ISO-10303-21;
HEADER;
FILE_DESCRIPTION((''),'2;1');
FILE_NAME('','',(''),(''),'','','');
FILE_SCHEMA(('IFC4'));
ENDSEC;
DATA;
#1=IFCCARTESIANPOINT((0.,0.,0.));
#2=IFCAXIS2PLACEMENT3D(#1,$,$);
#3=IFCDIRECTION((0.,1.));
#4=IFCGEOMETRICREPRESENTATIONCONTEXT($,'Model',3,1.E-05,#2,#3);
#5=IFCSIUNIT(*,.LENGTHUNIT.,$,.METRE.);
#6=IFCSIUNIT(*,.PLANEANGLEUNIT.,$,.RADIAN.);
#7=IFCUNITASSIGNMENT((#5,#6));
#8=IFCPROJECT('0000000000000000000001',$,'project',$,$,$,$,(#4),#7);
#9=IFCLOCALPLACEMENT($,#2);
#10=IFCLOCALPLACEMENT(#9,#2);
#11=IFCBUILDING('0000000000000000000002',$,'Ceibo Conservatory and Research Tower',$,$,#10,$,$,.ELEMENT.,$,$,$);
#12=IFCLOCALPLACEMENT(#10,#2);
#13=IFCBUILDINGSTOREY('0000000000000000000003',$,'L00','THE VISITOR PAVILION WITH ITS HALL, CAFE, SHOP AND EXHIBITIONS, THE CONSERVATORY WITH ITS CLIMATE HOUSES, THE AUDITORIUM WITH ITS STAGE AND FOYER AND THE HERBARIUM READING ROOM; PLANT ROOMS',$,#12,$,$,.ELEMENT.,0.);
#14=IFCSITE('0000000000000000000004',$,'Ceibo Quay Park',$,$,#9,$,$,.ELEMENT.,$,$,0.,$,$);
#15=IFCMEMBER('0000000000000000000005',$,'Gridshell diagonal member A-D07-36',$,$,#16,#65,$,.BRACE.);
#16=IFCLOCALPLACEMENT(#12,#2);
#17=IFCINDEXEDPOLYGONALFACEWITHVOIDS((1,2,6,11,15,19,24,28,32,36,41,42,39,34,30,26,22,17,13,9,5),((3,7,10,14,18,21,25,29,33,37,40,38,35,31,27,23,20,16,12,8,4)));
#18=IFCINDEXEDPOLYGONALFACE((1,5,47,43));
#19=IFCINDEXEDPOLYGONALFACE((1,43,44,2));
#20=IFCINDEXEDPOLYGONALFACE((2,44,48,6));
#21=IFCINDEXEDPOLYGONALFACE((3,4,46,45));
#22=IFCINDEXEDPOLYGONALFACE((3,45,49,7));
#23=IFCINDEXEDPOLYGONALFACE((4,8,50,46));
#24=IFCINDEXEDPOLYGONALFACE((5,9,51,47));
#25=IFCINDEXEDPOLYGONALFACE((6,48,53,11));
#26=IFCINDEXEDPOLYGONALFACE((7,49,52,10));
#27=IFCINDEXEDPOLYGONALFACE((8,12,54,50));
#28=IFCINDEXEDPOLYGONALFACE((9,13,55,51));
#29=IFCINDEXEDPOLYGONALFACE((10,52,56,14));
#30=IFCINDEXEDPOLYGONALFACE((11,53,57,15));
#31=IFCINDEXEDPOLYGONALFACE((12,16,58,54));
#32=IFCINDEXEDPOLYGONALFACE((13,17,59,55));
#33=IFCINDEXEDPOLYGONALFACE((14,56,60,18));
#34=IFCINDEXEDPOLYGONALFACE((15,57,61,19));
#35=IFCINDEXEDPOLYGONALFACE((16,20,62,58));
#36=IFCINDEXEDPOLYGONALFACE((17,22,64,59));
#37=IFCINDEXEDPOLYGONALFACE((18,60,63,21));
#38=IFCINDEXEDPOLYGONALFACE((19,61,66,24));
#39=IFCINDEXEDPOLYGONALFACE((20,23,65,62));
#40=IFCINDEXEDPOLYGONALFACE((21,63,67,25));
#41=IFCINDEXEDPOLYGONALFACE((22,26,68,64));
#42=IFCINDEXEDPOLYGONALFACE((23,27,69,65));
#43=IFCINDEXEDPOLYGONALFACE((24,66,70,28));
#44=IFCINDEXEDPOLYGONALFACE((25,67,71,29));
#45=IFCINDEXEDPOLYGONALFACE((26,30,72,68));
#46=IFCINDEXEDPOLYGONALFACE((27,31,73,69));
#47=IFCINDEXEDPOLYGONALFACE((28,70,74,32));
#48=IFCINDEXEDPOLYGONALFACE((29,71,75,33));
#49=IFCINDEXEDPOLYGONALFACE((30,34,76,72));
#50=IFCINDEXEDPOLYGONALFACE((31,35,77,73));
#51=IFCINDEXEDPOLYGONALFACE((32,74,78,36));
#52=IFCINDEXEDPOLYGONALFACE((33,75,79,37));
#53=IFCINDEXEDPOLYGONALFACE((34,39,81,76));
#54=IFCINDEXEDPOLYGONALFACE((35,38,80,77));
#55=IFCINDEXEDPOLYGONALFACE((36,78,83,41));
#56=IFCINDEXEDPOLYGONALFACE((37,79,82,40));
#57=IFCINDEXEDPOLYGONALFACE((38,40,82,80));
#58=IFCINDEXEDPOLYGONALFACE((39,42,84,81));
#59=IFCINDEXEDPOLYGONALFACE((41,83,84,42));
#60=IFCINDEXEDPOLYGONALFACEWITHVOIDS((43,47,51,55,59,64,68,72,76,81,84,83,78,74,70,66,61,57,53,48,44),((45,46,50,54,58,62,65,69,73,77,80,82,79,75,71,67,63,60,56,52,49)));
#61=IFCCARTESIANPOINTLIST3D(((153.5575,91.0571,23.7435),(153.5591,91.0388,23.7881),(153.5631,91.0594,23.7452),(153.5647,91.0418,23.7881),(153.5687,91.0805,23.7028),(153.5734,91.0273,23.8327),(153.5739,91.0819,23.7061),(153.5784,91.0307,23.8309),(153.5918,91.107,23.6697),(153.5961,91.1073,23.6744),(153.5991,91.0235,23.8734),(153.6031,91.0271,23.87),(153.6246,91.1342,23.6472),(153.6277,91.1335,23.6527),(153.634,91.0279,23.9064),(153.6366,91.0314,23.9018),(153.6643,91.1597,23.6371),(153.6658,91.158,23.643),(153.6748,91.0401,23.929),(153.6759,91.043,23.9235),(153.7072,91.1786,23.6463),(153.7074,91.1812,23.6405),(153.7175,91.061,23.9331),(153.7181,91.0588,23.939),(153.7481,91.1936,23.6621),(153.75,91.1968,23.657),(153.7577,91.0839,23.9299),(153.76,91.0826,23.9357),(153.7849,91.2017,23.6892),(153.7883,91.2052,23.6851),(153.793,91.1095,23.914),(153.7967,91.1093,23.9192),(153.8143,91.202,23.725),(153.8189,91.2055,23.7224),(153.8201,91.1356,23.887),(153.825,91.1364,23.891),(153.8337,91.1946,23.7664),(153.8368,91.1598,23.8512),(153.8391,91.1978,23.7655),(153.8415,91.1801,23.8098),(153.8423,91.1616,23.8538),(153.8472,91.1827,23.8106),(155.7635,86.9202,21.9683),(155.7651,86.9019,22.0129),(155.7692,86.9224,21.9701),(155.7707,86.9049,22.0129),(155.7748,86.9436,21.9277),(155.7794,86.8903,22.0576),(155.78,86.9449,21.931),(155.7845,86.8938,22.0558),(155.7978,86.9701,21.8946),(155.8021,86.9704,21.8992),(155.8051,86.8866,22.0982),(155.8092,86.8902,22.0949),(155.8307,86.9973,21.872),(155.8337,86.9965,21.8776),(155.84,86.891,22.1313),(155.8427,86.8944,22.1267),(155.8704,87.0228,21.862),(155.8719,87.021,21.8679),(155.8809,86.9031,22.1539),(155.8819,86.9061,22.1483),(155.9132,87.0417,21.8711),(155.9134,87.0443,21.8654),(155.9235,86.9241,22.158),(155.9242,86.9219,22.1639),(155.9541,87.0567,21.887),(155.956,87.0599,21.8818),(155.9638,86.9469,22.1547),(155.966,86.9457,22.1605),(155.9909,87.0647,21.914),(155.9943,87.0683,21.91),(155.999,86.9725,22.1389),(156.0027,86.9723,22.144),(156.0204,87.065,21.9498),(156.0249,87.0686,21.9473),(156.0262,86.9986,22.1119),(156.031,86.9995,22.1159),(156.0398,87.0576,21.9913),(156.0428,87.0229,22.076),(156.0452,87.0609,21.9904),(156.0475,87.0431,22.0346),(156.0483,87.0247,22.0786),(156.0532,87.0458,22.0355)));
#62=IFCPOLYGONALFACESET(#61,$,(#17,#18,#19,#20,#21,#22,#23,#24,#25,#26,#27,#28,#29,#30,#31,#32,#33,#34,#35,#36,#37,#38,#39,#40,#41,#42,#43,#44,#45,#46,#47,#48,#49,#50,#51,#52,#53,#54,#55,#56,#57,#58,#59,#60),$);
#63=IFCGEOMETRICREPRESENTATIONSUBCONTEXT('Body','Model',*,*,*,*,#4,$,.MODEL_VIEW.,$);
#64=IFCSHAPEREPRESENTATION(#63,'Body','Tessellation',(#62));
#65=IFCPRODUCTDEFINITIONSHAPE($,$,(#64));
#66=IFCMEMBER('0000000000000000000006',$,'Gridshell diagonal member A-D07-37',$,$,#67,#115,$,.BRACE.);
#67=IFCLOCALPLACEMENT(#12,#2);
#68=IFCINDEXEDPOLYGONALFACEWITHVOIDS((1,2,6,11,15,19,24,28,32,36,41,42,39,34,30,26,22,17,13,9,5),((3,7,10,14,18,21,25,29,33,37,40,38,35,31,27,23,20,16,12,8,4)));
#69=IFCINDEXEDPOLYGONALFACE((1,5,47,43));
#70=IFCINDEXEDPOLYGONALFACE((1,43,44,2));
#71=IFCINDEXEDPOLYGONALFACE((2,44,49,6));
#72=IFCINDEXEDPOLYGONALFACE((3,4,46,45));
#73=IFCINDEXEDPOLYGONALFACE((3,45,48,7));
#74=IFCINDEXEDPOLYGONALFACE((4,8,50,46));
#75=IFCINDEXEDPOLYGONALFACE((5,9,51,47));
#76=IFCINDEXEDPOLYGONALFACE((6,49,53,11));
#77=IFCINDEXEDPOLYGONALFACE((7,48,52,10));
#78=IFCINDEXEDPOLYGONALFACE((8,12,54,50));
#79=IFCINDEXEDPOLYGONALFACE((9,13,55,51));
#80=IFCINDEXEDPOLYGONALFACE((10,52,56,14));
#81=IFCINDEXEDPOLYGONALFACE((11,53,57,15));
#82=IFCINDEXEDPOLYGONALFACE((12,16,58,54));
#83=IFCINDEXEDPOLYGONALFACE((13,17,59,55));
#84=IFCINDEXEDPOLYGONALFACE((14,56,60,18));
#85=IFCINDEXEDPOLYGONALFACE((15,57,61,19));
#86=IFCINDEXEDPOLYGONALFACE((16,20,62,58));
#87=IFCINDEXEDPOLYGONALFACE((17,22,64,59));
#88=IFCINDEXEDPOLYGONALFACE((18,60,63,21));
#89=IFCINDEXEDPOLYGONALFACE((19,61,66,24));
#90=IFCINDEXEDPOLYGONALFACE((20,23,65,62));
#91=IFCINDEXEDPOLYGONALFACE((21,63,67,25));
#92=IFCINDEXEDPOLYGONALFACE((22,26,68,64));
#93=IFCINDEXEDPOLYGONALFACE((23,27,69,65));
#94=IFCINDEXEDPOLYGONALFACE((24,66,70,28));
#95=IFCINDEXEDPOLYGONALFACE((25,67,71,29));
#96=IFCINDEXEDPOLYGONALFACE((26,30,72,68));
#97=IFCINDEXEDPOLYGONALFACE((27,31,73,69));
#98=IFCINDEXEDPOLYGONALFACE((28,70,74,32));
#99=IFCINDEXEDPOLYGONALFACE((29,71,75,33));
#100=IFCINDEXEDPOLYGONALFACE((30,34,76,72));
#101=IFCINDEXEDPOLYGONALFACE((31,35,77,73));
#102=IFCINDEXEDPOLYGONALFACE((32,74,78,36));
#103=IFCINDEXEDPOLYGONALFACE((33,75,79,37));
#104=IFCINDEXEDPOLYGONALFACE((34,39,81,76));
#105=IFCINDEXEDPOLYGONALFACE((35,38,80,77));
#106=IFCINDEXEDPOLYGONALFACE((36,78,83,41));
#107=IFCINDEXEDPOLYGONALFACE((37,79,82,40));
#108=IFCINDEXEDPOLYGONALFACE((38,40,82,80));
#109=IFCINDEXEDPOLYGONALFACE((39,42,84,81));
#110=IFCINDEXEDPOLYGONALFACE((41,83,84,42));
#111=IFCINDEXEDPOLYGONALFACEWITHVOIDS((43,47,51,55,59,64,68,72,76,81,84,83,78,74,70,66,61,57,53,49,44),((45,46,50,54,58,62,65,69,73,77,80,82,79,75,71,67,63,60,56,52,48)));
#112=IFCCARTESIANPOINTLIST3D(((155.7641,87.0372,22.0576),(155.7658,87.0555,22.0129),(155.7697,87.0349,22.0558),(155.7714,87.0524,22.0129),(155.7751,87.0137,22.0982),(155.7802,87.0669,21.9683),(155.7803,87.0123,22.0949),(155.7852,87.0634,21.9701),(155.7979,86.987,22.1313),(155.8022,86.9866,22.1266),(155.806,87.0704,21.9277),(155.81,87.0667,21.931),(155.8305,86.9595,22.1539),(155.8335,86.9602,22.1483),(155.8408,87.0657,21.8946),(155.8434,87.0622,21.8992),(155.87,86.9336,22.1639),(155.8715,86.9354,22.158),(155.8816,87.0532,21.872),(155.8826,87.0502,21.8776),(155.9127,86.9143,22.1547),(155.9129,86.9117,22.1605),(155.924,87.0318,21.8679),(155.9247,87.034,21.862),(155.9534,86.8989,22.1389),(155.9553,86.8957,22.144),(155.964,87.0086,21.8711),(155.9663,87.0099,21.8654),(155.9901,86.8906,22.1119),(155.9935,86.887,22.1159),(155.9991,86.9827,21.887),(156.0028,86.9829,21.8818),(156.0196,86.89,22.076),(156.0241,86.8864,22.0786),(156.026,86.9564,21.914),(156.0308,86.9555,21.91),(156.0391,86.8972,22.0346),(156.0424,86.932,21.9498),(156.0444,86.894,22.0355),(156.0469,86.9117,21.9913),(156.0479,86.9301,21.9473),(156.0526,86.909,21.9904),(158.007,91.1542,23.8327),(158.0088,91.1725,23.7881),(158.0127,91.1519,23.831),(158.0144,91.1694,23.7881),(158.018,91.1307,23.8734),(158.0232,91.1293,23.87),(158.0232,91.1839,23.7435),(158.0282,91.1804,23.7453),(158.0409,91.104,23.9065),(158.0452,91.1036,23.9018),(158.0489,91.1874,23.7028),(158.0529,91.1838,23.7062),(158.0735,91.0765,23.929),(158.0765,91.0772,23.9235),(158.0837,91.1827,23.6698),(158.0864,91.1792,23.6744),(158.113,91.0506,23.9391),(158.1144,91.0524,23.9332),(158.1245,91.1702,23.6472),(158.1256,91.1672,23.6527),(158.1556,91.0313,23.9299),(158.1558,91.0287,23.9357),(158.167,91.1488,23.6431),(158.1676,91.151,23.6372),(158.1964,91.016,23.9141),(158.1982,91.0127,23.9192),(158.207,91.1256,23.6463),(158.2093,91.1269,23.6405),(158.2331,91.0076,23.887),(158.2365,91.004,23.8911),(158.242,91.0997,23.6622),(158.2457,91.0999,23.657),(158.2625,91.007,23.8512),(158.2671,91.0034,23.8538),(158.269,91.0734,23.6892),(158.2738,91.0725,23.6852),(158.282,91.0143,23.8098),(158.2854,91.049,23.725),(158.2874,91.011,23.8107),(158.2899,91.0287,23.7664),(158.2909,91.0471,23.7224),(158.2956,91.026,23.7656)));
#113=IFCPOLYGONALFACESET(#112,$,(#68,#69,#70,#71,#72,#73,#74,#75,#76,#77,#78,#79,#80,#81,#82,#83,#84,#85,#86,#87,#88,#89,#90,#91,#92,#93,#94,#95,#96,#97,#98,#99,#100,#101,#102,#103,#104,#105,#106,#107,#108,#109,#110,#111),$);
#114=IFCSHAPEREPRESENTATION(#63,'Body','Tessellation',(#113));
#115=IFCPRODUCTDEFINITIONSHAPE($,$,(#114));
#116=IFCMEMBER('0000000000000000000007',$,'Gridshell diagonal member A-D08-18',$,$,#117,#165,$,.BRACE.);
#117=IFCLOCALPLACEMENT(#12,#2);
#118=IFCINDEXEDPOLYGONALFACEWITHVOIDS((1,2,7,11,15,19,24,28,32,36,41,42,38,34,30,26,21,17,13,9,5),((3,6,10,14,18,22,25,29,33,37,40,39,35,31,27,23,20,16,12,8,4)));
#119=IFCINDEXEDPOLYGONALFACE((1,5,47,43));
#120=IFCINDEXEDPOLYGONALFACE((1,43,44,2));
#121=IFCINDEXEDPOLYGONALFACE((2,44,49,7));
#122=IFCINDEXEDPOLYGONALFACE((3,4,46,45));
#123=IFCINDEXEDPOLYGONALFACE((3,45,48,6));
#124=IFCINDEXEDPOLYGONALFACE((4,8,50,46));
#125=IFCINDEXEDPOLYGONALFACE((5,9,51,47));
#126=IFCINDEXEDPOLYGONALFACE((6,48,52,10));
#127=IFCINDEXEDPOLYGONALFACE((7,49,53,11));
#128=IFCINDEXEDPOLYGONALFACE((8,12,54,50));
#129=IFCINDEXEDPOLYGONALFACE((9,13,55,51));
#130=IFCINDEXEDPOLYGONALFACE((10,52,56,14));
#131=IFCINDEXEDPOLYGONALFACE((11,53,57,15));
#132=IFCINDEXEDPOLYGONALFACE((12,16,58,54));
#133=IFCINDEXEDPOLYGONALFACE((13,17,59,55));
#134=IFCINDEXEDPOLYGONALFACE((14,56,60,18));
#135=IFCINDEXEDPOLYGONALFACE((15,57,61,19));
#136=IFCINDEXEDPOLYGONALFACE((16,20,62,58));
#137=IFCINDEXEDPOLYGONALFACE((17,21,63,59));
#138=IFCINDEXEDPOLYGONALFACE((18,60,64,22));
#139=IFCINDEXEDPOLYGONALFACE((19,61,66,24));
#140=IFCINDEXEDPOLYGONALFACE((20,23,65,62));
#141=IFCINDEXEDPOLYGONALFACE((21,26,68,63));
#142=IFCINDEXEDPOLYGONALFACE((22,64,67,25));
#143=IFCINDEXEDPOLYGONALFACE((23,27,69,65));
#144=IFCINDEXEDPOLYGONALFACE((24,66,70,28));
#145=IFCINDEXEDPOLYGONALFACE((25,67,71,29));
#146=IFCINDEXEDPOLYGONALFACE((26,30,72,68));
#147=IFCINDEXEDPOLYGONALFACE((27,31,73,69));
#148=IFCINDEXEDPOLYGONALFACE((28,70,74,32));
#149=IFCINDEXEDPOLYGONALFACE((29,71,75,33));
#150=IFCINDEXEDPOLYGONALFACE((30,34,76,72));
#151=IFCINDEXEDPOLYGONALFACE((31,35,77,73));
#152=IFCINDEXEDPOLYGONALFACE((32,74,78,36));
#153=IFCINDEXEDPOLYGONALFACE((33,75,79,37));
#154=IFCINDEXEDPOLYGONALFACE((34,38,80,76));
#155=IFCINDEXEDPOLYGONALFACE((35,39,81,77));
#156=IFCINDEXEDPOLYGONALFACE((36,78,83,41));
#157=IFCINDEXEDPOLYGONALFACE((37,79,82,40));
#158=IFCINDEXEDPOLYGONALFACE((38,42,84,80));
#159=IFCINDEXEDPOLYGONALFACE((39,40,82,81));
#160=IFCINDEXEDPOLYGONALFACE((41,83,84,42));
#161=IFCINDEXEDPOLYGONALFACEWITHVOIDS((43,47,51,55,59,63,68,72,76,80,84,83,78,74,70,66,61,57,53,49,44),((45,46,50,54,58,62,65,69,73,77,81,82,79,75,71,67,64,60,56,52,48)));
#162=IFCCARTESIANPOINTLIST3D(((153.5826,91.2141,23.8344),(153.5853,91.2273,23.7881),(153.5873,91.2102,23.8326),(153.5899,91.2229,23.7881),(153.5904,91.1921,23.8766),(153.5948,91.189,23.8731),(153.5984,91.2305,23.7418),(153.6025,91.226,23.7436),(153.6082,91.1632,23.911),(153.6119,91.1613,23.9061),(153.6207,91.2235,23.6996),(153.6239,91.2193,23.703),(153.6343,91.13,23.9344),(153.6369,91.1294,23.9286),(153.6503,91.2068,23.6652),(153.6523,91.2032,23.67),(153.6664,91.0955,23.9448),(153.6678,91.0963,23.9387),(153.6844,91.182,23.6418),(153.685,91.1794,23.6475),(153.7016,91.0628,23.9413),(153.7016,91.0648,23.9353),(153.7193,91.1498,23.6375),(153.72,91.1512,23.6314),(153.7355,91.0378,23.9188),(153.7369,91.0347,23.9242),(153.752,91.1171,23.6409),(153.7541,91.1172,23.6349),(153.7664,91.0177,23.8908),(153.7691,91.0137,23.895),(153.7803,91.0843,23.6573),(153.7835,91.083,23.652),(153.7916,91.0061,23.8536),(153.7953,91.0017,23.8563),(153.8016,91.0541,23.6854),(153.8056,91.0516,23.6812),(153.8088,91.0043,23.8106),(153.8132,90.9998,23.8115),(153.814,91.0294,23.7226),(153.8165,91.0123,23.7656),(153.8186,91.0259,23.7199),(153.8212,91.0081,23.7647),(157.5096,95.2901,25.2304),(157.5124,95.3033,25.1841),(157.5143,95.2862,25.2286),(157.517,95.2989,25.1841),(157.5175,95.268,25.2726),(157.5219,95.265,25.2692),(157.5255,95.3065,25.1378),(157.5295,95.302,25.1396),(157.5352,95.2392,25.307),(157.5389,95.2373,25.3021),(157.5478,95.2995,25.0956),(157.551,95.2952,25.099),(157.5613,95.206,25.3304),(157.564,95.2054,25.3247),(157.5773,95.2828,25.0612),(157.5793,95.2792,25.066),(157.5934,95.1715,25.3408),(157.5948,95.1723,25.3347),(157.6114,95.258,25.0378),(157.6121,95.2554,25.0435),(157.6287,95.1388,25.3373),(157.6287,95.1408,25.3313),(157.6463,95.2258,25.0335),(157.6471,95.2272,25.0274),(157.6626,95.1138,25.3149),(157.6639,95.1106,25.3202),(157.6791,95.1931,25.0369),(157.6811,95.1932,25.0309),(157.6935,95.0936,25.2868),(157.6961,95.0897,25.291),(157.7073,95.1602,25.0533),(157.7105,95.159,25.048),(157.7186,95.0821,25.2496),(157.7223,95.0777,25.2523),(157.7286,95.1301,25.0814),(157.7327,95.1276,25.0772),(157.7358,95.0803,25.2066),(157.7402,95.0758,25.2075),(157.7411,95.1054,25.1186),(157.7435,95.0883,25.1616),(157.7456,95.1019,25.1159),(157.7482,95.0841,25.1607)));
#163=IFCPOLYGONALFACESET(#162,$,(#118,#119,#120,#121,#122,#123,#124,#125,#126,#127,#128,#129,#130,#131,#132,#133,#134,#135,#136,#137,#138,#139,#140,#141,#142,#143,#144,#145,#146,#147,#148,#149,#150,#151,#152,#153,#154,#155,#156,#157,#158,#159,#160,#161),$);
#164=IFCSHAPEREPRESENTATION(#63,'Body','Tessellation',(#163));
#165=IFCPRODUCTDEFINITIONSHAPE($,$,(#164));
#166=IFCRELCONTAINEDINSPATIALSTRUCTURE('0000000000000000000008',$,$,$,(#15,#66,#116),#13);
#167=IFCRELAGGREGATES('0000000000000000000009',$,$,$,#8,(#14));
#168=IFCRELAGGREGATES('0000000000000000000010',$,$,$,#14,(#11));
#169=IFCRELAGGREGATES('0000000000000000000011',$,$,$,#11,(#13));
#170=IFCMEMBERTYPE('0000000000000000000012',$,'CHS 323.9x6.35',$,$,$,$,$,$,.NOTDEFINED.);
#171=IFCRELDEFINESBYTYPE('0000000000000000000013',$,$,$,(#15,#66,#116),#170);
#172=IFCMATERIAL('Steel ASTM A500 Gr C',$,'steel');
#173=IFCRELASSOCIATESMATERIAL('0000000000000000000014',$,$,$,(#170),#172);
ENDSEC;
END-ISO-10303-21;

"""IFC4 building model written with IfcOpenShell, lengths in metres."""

from ifc_helpers import new_model, si_unit, direction, frame, origin, origin_2d, place, context, subcontext, project, spatial, hollow_circle, extrude, material, material_profile, profile_set, type_object, element, save


model = new_model("IFC4")

# Units and contexts
model_context = context("Model", 3, precision=1e-05, world=origin(), true_north=direction((0.0, 1.0)))
body_context = subcontext(model_context, "Body", "Model", "MODEL_VIEW")
ifc_project = project(units=[si_unit("LENGTHUNIT", "METRE"), si_unit("PLANEANGLEUNIT", "RADIAN")], contexts=[model_context])

# Site, building, storey
site_placement = place(None, origin())
site = spatial("IfcSite", under=ifc_project, at=site_placement, Name="Ceibo Quay Park", CompositionType="ELEMENT", RefElevation=0.0)
building_placement = place(site_placement, origin())
building = spatial("IfcBuilding", under=site, at=building_placement, Name="Ceibo Conservatory and Research Tower", CompositionType="ELEMENT")
storey_placement = place(building_placement, origin())
storey = spatial("IfcBuildingStorey", under=building, at=storey_placement, Name="L00", Description="THE VISITOR PAVILION WITH ITS HALL, CAFE, SHOP AND EXHIBITIONS, THE CONSERVATORY WITH ITS CLIMATE HOUSES, THE AUDITORIUM WITH ITS STAGE AND FOYER AND THE HERBARIUM READING ROOM; PLANT ROOMS", CompositionType="ELEMENT", Elevation=0.0)

# Members
ifc_material_1 = material(Name="Steel ASTM A500 Gr C", Category="steel")
ifc_material_profile_1 = material_profile(ifc_material_1, hollow_circle(Radius=0.1619, WallThickness=0.0063, at=origin_2d()), Name="CHS 323.9x6.35")
ifc_profile_set_1 = profile_set([ifc_material_profile_1], Name="Steel ASTM A500 Gr C")
member_type_1 = type_object("IfcMemberType", Name="CHS 323.9x6.35", PredefinedType="NOTDEFINED", material=ifc_profile_set_1)
for number, where, z_axis, x_axis, name in (
    (1, (155.908, 86.978, 22.0129), (-0.440048, 0.825212, 0.354094), (-0.882382, -0.470534, 0.0), "Gridshell diagonal member A-D07-36"),
    (2, (155.908, 86.978, 22.0129), (0.447413, 0.821239, 0.354102), (-0.878136, 0.478411, 0.0), "Gridshell diagonal member A-D07-37"),
):
    element("IfcMember", number, at=place(storey_placement, frame(where, z_axis=z_axis, x_axis=x_axis)), inside=storey, type_object=member_type_1, Name=name, PredefinedType="BRACE", context=body_context, shape_type="SweptSolid", body=[
        extrude(hollow_circle(Radius=0.1619, WallThickness=0.0063, at=origin_2d()), origin(), (0.0, 0.0, 1.0), 5.0132),
    ])
member_1_placement = place(storey_placement, frame((153.7019, 91.115, 23.7881), z_axis=(0.67364, 0.699187, 0.23947), x_axis=(-0.720141, 0.693828, 0.0)))
element("IfcMember", 3, at=member_1_placement, inside=storey, type_object=member_type_1, Name="Gridshell diagonal member A-D08-18", PredefinedType="BRACE", context=body_context, shape_type="SweptSolid", body=[
    extrude(hollow_circle(Radius=0.1619, WallThickness=0.0063, at=origin_2d()), origin(), (0.0, 0.0, 1.0), 5.8296),
])

save(model, "model.ifc")
